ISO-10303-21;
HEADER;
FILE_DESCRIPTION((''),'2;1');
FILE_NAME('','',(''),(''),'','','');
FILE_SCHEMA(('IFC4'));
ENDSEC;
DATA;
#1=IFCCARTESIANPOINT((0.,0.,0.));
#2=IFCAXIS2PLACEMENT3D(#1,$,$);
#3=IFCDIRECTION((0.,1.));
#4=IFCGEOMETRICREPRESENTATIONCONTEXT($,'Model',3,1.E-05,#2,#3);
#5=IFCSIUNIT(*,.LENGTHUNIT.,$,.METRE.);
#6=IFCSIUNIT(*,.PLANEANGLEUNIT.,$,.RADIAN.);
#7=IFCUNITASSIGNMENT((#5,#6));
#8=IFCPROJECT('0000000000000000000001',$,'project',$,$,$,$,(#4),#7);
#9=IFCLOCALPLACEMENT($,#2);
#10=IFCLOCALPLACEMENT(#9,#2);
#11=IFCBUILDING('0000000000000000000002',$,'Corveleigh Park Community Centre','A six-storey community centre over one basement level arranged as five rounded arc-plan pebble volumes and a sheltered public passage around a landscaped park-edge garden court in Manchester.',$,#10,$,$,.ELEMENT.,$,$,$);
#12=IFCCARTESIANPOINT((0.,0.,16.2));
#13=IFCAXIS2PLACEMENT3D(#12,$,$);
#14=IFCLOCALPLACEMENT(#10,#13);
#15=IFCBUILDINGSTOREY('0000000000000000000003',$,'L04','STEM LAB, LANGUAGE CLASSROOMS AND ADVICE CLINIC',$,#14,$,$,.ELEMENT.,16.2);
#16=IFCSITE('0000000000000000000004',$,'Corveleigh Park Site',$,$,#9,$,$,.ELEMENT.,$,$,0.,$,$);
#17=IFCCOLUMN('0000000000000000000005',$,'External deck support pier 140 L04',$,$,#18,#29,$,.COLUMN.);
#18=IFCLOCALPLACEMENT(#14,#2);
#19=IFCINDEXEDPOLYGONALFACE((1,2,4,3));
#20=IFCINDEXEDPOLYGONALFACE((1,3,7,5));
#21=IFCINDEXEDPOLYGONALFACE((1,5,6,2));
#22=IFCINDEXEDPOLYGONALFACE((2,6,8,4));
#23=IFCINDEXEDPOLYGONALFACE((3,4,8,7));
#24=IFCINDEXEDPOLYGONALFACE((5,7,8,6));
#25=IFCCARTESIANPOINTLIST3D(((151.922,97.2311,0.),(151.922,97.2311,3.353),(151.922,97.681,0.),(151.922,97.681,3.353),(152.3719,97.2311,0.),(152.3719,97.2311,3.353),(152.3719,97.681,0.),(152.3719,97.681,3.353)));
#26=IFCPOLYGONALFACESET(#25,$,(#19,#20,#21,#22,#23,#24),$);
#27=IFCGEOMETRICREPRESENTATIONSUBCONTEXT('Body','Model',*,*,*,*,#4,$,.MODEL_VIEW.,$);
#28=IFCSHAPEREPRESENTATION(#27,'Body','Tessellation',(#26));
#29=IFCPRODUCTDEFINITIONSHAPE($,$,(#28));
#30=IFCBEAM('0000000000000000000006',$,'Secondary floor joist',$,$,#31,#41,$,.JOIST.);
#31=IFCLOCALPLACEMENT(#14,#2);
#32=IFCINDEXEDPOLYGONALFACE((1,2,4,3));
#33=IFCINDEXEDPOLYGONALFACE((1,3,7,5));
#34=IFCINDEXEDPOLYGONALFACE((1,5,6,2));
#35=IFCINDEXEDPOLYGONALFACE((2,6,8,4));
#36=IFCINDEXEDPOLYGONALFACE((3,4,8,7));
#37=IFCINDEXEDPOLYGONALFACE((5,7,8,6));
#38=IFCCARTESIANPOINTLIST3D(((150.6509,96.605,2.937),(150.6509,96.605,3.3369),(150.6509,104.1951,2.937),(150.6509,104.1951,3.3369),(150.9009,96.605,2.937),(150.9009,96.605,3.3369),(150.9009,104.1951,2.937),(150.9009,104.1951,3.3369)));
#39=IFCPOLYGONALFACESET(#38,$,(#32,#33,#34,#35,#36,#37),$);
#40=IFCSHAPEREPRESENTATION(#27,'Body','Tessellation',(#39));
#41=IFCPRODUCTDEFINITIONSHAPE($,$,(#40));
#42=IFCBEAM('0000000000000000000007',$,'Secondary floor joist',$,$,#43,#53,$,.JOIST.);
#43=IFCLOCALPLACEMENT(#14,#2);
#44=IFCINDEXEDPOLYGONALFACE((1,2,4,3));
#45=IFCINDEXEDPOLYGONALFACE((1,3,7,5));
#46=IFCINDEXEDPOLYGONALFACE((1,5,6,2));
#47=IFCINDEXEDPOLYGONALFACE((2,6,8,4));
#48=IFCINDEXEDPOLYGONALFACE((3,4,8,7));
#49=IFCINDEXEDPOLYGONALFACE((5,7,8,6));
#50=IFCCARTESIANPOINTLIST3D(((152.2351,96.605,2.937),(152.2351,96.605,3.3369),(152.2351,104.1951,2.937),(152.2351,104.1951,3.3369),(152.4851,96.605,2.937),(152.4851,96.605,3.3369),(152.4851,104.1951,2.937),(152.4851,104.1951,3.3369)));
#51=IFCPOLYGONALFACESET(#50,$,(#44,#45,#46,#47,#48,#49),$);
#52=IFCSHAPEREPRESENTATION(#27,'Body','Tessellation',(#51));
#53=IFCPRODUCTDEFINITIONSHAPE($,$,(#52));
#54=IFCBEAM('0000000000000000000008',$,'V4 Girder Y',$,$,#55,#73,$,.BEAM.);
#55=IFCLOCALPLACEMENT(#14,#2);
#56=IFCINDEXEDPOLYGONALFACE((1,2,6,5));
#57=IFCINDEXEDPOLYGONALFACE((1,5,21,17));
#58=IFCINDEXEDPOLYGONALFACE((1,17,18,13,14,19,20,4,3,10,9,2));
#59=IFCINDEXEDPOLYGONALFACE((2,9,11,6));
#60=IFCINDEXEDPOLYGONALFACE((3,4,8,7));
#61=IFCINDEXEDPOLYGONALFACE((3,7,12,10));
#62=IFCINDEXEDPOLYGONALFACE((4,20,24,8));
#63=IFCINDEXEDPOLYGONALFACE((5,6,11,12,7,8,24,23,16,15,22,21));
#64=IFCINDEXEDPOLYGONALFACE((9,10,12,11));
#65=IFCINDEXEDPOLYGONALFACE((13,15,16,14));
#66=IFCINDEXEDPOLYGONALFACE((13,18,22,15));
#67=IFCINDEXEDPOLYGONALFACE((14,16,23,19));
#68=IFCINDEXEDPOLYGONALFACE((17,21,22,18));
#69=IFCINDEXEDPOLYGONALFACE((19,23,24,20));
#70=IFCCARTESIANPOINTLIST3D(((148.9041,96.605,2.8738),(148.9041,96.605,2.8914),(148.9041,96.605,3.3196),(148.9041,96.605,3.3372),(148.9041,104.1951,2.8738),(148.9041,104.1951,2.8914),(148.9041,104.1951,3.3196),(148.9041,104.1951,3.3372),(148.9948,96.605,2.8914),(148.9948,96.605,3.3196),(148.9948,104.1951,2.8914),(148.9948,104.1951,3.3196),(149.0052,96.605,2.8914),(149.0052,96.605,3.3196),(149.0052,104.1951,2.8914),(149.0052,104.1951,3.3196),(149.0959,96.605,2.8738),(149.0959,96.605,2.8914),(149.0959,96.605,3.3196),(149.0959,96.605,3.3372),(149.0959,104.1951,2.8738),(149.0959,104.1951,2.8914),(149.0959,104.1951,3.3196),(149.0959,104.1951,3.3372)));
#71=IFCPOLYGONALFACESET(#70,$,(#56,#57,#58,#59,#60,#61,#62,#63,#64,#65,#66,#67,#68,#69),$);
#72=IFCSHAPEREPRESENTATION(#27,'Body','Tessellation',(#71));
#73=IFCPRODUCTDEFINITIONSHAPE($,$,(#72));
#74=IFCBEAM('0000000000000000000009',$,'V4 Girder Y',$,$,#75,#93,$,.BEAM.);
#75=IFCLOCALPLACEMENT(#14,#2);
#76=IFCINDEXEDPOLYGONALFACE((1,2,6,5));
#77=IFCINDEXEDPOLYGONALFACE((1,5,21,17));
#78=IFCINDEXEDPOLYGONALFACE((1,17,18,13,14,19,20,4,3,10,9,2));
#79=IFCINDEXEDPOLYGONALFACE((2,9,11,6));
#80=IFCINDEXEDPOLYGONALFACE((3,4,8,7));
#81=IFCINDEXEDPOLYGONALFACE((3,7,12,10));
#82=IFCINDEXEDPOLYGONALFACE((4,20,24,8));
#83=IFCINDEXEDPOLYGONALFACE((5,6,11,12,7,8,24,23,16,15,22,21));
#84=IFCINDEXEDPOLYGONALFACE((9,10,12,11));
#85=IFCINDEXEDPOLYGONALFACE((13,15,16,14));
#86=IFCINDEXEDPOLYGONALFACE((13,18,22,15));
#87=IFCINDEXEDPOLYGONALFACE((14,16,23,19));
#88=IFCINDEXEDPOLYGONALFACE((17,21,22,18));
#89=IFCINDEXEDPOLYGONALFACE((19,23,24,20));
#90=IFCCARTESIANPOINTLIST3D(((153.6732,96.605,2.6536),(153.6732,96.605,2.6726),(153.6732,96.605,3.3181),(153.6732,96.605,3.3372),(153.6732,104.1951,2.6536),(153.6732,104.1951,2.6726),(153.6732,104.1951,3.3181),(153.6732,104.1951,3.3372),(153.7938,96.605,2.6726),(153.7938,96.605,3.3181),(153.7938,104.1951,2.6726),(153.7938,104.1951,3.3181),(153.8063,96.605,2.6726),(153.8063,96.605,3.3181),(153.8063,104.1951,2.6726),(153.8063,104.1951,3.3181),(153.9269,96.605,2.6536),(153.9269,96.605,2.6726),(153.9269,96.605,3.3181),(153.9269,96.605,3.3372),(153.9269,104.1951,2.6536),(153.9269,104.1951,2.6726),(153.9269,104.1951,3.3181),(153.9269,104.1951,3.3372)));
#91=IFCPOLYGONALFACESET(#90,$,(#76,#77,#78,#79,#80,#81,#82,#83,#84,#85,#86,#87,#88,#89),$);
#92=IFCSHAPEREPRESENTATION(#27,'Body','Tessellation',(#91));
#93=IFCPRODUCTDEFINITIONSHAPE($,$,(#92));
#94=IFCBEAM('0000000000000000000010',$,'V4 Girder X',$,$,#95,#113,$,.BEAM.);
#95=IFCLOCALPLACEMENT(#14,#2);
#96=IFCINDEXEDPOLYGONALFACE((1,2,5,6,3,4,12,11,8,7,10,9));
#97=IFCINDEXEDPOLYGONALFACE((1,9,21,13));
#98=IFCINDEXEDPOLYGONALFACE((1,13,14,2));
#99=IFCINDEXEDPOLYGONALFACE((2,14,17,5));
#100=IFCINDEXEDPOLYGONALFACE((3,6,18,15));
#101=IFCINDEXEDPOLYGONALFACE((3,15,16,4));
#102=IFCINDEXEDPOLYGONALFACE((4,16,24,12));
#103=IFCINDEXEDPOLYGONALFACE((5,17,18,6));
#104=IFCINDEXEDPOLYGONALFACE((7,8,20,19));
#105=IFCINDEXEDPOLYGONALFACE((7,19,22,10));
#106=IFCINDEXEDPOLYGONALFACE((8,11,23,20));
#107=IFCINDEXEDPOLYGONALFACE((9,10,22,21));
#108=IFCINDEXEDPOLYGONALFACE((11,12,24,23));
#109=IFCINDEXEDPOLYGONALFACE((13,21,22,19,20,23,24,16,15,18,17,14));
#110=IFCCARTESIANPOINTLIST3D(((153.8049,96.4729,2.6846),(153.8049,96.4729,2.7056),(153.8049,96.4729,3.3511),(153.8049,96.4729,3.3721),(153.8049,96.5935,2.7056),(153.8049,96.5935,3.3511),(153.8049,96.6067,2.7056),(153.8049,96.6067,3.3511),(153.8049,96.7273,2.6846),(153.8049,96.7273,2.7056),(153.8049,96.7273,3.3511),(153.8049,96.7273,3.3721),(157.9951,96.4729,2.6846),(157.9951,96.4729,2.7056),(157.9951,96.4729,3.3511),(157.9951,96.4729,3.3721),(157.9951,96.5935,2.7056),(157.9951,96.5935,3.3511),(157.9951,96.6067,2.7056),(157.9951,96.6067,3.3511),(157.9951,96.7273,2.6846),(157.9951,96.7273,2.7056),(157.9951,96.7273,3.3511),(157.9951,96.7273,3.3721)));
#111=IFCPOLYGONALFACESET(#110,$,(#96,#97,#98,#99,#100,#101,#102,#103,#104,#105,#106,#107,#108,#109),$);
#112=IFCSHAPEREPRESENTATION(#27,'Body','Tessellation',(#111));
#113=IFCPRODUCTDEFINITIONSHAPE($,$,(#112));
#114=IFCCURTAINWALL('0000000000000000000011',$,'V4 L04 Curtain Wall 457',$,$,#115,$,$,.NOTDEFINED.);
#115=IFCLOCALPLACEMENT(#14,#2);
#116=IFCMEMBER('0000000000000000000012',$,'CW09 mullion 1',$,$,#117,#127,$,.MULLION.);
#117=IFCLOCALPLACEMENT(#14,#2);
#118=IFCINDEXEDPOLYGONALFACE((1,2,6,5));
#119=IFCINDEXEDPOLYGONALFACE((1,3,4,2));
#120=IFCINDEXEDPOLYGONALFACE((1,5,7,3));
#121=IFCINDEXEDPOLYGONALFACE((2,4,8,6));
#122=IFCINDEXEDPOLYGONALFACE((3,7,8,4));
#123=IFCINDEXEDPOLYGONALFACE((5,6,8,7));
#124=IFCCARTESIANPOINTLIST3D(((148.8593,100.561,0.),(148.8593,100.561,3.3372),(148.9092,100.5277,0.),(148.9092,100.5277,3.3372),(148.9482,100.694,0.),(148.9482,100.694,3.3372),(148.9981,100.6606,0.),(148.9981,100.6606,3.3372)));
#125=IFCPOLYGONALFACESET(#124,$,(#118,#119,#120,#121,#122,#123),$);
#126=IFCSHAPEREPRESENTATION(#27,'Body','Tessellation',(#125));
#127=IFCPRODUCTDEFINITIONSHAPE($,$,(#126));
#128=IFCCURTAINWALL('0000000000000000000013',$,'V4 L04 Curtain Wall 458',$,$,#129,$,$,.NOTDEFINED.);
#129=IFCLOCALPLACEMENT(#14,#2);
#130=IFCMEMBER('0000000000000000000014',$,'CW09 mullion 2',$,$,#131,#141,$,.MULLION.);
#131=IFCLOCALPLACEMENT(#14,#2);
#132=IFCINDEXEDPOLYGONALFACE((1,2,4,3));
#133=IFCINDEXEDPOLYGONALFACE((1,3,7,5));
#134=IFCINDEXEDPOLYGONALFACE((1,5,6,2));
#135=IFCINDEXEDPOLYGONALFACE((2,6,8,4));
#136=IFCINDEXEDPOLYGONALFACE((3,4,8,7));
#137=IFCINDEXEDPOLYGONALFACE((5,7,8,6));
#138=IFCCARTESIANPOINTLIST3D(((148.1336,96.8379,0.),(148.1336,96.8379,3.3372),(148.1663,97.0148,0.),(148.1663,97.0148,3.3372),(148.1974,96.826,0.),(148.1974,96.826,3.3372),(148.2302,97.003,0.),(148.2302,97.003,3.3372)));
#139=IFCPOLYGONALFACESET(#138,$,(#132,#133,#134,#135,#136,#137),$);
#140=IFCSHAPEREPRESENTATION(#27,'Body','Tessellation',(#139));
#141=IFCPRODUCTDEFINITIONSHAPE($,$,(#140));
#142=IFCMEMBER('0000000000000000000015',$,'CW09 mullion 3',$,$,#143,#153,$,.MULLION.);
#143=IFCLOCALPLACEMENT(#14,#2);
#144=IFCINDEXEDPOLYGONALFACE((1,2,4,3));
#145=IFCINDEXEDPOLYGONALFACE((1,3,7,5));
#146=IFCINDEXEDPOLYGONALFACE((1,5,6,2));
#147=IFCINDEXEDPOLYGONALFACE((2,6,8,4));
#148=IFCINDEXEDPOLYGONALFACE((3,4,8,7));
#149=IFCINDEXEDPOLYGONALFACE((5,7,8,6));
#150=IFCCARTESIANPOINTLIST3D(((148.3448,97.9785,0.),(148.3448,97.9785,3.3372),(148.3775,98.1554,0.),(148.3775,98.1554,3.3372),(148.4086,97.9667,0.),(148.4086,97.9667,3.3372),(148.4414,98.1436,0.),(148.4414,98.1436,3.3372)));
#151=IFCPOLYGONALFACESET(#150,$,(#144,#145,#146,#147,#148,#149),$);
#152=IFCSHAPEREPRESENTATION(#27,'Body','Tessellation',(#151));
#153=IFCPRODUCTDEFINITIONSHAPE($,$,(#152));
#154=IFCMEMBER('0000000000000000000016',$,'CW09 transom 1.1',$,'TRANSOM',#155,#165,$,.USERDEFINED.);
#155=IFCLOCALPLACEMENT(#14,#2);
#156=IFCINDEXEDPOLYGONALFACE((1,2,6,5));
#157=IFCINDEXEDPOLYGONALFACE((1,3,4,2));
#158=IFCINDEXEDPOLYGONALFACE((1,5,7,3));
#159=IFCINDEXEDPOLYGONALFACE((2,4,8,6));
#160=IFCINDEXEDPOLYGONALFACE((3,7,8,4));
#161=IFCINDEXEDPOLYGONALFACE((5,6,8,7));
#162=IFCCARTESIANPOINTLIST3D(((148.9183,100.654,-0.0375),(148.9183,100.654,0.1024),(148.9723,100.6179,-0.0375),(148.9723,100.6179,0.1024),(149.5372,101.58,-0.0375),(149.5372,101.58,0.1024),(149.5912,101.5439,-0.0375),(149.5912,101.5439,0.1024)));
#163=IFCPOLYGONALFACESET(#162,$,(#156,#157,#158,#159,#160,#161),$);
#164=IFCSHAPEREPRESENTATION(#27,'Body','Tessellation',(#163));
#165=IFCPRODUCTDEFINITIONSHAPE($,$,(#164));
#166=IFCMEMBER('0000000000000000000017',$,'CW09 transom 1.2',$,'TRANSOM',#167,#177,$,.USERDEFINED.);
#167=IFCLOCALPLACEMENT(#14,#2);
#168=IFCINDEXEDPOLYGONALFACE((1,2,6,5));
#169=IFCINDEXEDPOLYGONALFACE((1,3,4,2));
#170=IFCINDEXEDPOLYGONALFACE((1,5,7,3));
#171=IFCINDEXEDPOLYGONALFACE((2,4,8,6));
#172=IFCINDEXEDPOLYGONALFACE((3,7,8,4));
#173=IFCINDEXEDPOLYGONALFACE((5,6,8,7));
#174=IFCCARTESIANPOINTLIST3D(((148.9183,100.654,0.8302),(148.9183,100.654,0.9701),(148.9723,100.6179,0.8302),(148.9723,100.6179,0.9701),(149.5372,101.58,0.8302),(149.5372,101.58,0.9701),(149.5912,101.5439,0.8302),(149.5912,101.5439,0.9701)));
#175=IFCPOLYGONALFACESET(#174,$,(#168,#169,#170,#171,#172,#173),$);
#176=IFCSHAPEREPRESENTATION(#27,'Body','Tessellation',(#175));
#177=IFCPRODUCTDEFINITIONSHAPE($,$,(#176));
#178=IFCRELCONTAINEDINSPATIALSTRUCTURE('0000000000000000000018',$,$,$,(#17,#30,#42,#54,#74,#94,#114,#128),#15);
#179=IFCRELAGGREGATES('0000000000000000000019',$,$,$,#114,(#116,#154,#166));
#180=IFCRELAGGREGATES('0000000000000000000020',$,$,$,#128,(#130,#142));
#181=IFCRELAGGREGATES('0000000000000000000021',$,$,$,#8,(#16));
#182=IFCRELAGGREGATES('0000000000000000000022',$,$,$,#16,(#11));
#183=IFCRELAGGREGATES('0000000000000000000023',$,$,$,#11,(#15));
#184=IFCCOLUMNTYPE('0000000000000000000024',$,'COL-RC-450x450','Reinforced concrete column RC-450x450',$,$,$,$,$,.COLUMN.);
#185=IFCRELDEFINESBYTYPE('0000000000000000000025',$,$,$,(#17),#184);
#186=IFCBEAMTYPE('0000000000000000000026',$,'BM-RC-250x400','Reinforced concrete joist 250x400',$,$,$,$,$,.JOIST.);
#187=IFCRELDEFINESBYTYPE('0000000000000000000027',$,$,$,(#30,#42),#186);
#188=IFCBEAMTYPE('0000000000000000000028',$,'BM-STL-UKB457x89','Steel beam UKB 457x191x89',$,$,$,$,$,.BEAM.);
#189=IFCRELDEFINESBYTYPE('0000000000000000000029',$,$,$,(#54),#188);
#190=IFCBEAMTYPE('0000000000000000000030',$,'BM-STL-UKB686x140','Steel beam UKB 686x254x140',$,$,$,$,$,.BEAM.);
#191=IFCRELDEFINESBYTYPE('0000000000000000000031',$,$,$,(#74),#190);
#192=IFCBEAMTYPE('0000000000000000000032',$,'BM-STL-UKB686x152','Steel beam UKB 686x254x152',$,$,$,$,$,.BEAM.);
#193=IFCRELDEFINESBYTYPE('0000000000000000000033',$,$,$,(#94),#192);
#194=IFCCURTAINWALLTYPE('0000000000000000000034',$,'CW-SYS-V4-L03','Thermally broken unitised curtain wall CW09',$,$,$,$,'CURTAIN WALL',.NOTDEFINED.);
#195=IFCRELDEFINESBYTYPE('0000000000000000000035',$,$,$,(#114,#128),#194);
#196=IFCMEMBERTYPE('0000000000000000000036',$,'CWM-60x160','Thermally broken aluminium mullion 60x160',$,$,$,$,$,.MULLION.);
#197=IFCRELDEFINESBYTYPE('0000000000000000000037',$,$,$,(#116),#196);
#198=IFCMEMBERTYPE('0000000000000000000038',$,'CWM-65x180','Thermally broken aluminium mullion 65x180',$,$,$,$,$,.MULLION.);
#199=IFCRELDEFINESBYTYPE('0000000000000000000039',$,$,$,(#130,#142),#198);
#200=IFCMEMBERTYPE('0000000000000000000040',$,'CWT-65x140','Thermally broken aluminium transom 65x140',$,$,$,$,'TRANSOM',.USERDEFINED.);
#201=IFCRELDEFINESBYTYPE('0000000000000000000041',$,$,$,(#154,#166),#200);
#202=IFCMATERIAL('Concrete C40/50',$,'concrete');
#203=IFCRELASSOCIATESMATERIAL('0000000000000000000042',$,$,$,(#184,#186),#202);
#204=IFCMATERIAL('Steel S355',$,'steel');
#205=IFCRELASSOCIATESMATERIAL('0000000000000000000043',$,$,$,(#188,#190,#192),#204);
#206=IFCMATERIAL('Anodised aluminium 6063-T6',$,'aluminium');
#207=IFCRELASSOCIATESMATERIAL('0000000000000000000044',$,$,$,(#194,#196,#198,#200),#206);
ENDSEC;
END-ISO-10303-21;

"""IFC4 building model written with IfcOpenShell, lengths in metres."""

from ifc_helpers import new_model, si_unit, direction, frame, origin, origin_2d, place, context, subcontext, project, spatial, rectangle, i_section, extrude, material, material_profile, profile_set, type_object, element, aggregate, save


model = new_model("IFC4")

# Units and contexts
model_context = context("Model", 3, precision=1e-05, world=origin(), true_north=direction((0.0, 1.0)))
body_context = subcontext(model_context, "Body", "Model", "MODEL_VIEW")
ifc_project = project(units=[si_unit("LENGTHUNIT", "METRE"), si_unit("PLANEANGLEUNIT", "RADIAN")], contexts=[model_context])

# Site, building, storey
site_placement = place(None, origin())
site = spatial("IfcSite", under=ifc_project, at=site_placement, Name="Corveleigh Park Site", CompositionType="ELEMENT", RefElevation=0.0)
building_placement = place(site_placement, origin())
building = spatial("IfcBuilding", under=site, at=building_placement, Name="Corveleigh Park Community Centre", Description="A six-storey community centre over one basement level arranged as five rounded arc-plan pebble volumes and a sheltered public passage around a landscaped park-edge garden court in Manchester.", CompositionType="ELEMENT")
storey_placement = place(building_placement, frame((0.0, 0.0, 16.2)))
storey = spatial("IfcBuildingStorey", under=building, at=storey_placement, Name="L04", Description="STEM LAB, LANGUAGE CLASSROOMS AND ADVICE CLINIC", CompositionType="ELEMENT", Elevation=16.2)

# Column
ifc_material_1 = material(Name="Concrete C40/50", Category="concrete")
ifc_material_profile_1 = material_profile(ifc_material_1, rectangle(XDim=0.45, YDim=0.45, at=origin_2d()), Name="RC-450x450", Category="concrete")
ifc_profile_set_1 = profile_set([ifc_material_profile_1], Name="Concrete C40/50")
column_type = type_object("IfcColumnType", Name="COL-RC-450x450", Description="Reinforced concrete column RC-450x450", PredefinedType="COLUMN", material=ifc_profile_set_1)
column_placement = place(storey_placement, frame((152.147, 97.4561, 0.0), z_axis=(0.0, 0.0, 1.0), x_axis=(1.0, 0.0, 0.0)))
element("IfcColumn", 1, at=column_placement, inside=storey, type_object=column_type, Name="External deck support pier 140 L04", PredefinedType="COLUMN", context=body_context, shape_type="SweptSolid", body=[
    extrude(rectangle(XDim=0.45, YDim=0.45, at=origin_2d()), origin(), (0.0, 0.0, 1.0), 3.353),
])

# Beams
ifc_material_profile_2 = material_profile(ifc_material_1, rectangle(XDim=0.25, YDim=0.3999, at=origin_2d()), Name="RC-250x400", Category="concrete")
ifc_profile_set_2 = profile_set([ifc_material_profile_2], Name="Concrete C40/50")
beam_type_1 = type_object("IfcBeamType", Name="BM-RC-250x400", Description="Reinforced concrete joist 250x400", PredefinedType="JOIST", material=ifc_profile_set_2)
for number, where, z_axis, x_axis, name in (
    (2, (150.7759, 96.605, 3.137), (0.0, 1.0, 0.0), (-1.0, 0.0, 0.0), "Secondary floor joist"),
    (3, (152.3601, 96.605, 3.137), (0.0, 1.0, 0.0), (-1.0, 0.0, 0.0), "Secondary floor joist"),
):
    element("IfcBeam", number, at=place(storey_placement, frame(where, z_axis=z_axis, x_axis=x_axis)), inside=storey, type_object=beam_type_1, Name=name, PredefinedType="JOIST", context=body_context, shape_type="SweptSolid", body=[
        extrude(rectangle(XDim=0.25, YDim=0.3999, at=origin_2d()), origin(), (0.0, 0.0, 1.0), 7.5901),
    ])
ifc_material_2 = material(Name="Steel S355", Category="steel")
ifc_material_profile_3 = material_profile(ifc_material_2, i_section(OverallWidth=0.1919, OverallDepth=0.4634, WebThickness=0.0105, FlangeThickness=0.0176, at=origin_2d()), Name="UKB 457x191x89", Category="steel")
ifc_profile_set_3 = profile_set([ifc_material_profile_3], Name="Steel S355")
beam_type_2 = type_object("IfcBeamType", Name="BM-STL-UKB457x89", Description="Steel beam UKB 457x191x89", PredefinedType="BEAM", material=ifc_profile_set_3)
beam_1_placement = place(storey_placement, frame((149.0, 96.605, 3.1055), z_axis=(0.0, 1.0, 0.0), x_axis=(-1.0, 0.0, 0.0)))
element("IfcBeam", 4, at=beam_1_placement, inside=storey, type_object=beam_type_2, Name="V4 Girder Y", PredefinedType="BEAM", context=body_context, shape_type="SweptSolid", body=[
    extrude(i_section(OverallWidth=0.1919, OverallDepth=0.4634, WebThickness=0.0105, FlangeThickness=0.0176, at=origin_2d()), origin(), (0.0, 0.0, 1.0), 7.5901),
])
ifc_material_profile_4 = material_profile(ifc_material_2, i_section(OverallWidth=0.2537, OverallDepth=0.6836, WebThickness=0.0125, FlangeThickness=0.019, at=origin_2d()), Name="UKB 686x254x140", Category="steel")
ifc_profile_set_4 = profile_set([ifc_material_profile_4], Name="Steel S355")
beam_type_3 = type_object("IfcBeamType", Name="BM-STL-UKB686x140", Description="Steel beam UKB 686x254x140", PredefinedType="BEAM", material=ifc_profile_set_4)
beam_2_placement = place(storey_placement, frame((153.8, 96.605, 2.9954), z_axis=(0.0, 1.0, 0.0), x_axis=(-1.0, 0.0, 0.0)))
element("IfcBeam", 5, at=beam_2_placement, inside=storey, type_object=beam_type_3, Name="V4 Girder Y", PredefinedType="BEAM", context=body_context, shape_type="SweptSolid", body=[
    extrude(i_section(OverallWidth=0.2537, OverallDepth=0.6836, WebThickness=0.0125, FlangeThickness=0.019, at=origin_2d()), origin(), (0.0, 0.0, 1.0), 7.5901),
])
ifc_material_profile_5 = material_profile(ifc_material_2, i_section(OverallWidth=0.2544, OverallDepth=0.6875, WebThickness=0.0132, FlangeThickness=0.021, at=origin_2d()), Name="UKB 686x254x152", Category="steel")
ifc_profile_set_5 = profile_set([ifc_material_profile_5], Name="Steel S355")
beam_type_4 = type_object("IfcBeamType", Name="BM-STL-UKB686x152", Description="Steel beam UKB 686x254x152", PredefinedType="BEAM", material=ifc_profile_set_5)
beam_3_placement = place(storey_placement, frame((153.8049, 96.6001, 3.0283), z_axis=(1.0, 0.0, 0.0), x_axis=(0.0, 1.0, 0.0)))
element("IfcBeam", 6, at=beam_3_placement, inside=storey, type_object=beam_type_4, Name="V4 Girder X", PredefinedType="BEAM", context=body_context, shape_type="SweptSolid", body=[
    extrude(i_section(OverallWidth=0.2544, OverallDepth=0.6875, WebThickness=0.0132, FlangeThickness=0.021, at=origin_2d()), origin(), (0.0, 0.0, 1.0), 4.1902),
])

# Curtain wall, member
ifc_material_3 = material(Name="Anodised aluminium 6063-T6", Category="aluminium")
curtain_wall_type = type_object("IfcCurtainWallType", Name="CW-SYS-V4-L03", Description="Thermally broken unitised curtain wall CW09", ElementType="CURTAIN WALL", PredefinedType="NOTDEFINED", material=ifc_material_3)
curtain_wall_1_placement = place(storey_placement, origin())
curtain_wall_1 = element("IfcCurtainWall", 7, at=curtain_wall_1_placement, inside=storey, type_object=curtain_wall_type, Name="V4 L04 Curtain Wall 457", PredefinedType="NOTDEFINED")
ifc_material_profile_6 = material_profile(ifc_material_3, rectangle(XDim=0.0601, YDim=0.1599, at=origin_2d()), Name="ALU-M60x160", Category="aluminium")
ifc_profile_set_6 = profile_set([ifc_material_profile_6], Name="Anodised aluminium 6063-T6")
member_type_1 = type_object("IfcMemberType", Name="CWM-60x160", Description="Thermally broken aluminium mullion 60x160", PredefinedType="MULLION", material=ifc_profile_set_6)
member_1_placement = place(storey_placement, frame((148.9287, 100.6108, 0.0), z_axis=(0.0, 0.0, 1.0), x_axis=(-0.831411, 0.555658, 0.0)))
member_1 = element("IfcMember", 8, at=member_1_placement, type_object=member_type_1, Name="CW09 mullion 1", PredefinedType="MULLION", context=body_context, shape_type="SweptSolid", body=[
    extrude(rectangle(XDim=0.0601, YDim=0.1599, at=origin_2d()), origin(), (0.0, 0.0, 1.0), 3.3372),
])

# Curtain wall, members
curtain_wall_2_placement = place(storey_placement, origin())
curtain_wall_2 = element("IfcCurtainWall", 9, at=curtain_wall_2_placement, inside=storey, type_object=curtain_wall_type, Name="V4 L04 Curtain Wall 458", PredefinedType="NOTDEFINED")
ifc_material_profile_7 = material_profile(ifc_material_3, rectangle(XDim=0.0649, YDim=0.1799, at=origin_2d()), Name="ALU-M65x180", Category="aluminium")
ifc_profile_set_7 = profile_set([ifc_material_profile_7], Name="Anodised aluminium 6063-T6")
member_type_2 = type_object("IfcMemberType", Name="CWM-65x180", Description="Thermally broken aluminium mullion 65x180", PredefinedType="MULLION", material=ifc_profile_set_7)
member_2_placement = place(storey_placement, frame((148.1819, 96.9204, 0.0), z_axis=(0.0, 0.0, 1.0), x_axis=(-0.983301, 0.181984, 0.0)))
member_2 = element("IfcMember", 10, at=member_2_placement, type_object=member_type_2, Name="CW09 mullion 2", PredefinedType="MULLION", context=body_context, shape_type="SweptSolid", body=[
    extrude(rectangle(XDim=0.0649, YDim=0.1799, at=origin_2d()), origin(), (0.0, 0.0, 1.0), 3.3372),
])
member_3_placement = place(storey_placement, frame((148.3931, 98.061, 0.0), z_axis=(0.0, 0.0, 1.0), x_axis=(-0.983301, 0.181984, 0.0)))
member_3 = element("IfcMember", 11, at=member_3_placement, type_object=member_type_2, Name="CW09 mullion 3", PredefinedType="MULLION", context=body_context, shape_type="SweptSolid", body=[
    extrude(rectangle(XDim=0.0649, YDim=0.1799, at=origin_2d()), origin(), (0.0, 0.0, 1.0), 3.3372),
])

# Members
ifc_material_profile_8 = material_profile(ifc_material_3, rectangle(XDim=0.0649, YDim=0.1399, at=origin_2d()), Name="ALU-T65x140", Category="aluminium")
ifc_profile_set_8 = profile_set([ifc_material_profile_8], Name="Anodised aluminium 6063-T6")
member_type_3 = type_object("IfcMemberType", Name="CWT-65x140", Description="Thermally broken aluminium transom 65x140", ElementType="TRANSOM", PredefinedType="USERDEFINED", material=ifc_profile_set_8)
member_4_placement = place(storey_placement, frame((148.9453, 100.636, 0.0325), z_axis=(0.555661, 0.831409, 0.0), x_axis=(-0.831409, 0.555661, 0.0)))
member_4 = element("IfcMember", 12, at=member_4_placement, type_object=member_type_3, Name="CW09 transom 1.1", ObjectType="TRANSOM", PredefinedType="USERDEFINED", context=body_context, shape_type="SweptSolid", body=[
    extrude(rectangle(XDim=0.0649, YDim=0.1399, at=origin_2d()), origin(), (0.0, 0.0, 1.0), 1.1138),
])
member_5_placement = place(storey_placement, frame((148.9453, 100.636, 0.9001), z_axis=(0.555661, 0.831409, 0.0), x_axis=(-0.831409, 0.555661, 0.0)))
member_5 = element("IfcMember", 13, at=member_5_placement, type_object=member_type_3, Name="CW09 transom 1.2", ObjectType="TRANSOM", PredefinedType="USERDEFINED", context=body_context, shape_type="SweptSolid", body=[
    extrude(rectangle(XDim=0.0649, YDim=0.1399, at=origin_2d()), origin(), (0.0, 0.0, 1.0), 1.1138),
])
aggregate(curtain_wall_1, [member_1, member_4, member_5])

aggregate(curtain_wall_2, [member_2, member_3])

save(model, "model.ifc")
